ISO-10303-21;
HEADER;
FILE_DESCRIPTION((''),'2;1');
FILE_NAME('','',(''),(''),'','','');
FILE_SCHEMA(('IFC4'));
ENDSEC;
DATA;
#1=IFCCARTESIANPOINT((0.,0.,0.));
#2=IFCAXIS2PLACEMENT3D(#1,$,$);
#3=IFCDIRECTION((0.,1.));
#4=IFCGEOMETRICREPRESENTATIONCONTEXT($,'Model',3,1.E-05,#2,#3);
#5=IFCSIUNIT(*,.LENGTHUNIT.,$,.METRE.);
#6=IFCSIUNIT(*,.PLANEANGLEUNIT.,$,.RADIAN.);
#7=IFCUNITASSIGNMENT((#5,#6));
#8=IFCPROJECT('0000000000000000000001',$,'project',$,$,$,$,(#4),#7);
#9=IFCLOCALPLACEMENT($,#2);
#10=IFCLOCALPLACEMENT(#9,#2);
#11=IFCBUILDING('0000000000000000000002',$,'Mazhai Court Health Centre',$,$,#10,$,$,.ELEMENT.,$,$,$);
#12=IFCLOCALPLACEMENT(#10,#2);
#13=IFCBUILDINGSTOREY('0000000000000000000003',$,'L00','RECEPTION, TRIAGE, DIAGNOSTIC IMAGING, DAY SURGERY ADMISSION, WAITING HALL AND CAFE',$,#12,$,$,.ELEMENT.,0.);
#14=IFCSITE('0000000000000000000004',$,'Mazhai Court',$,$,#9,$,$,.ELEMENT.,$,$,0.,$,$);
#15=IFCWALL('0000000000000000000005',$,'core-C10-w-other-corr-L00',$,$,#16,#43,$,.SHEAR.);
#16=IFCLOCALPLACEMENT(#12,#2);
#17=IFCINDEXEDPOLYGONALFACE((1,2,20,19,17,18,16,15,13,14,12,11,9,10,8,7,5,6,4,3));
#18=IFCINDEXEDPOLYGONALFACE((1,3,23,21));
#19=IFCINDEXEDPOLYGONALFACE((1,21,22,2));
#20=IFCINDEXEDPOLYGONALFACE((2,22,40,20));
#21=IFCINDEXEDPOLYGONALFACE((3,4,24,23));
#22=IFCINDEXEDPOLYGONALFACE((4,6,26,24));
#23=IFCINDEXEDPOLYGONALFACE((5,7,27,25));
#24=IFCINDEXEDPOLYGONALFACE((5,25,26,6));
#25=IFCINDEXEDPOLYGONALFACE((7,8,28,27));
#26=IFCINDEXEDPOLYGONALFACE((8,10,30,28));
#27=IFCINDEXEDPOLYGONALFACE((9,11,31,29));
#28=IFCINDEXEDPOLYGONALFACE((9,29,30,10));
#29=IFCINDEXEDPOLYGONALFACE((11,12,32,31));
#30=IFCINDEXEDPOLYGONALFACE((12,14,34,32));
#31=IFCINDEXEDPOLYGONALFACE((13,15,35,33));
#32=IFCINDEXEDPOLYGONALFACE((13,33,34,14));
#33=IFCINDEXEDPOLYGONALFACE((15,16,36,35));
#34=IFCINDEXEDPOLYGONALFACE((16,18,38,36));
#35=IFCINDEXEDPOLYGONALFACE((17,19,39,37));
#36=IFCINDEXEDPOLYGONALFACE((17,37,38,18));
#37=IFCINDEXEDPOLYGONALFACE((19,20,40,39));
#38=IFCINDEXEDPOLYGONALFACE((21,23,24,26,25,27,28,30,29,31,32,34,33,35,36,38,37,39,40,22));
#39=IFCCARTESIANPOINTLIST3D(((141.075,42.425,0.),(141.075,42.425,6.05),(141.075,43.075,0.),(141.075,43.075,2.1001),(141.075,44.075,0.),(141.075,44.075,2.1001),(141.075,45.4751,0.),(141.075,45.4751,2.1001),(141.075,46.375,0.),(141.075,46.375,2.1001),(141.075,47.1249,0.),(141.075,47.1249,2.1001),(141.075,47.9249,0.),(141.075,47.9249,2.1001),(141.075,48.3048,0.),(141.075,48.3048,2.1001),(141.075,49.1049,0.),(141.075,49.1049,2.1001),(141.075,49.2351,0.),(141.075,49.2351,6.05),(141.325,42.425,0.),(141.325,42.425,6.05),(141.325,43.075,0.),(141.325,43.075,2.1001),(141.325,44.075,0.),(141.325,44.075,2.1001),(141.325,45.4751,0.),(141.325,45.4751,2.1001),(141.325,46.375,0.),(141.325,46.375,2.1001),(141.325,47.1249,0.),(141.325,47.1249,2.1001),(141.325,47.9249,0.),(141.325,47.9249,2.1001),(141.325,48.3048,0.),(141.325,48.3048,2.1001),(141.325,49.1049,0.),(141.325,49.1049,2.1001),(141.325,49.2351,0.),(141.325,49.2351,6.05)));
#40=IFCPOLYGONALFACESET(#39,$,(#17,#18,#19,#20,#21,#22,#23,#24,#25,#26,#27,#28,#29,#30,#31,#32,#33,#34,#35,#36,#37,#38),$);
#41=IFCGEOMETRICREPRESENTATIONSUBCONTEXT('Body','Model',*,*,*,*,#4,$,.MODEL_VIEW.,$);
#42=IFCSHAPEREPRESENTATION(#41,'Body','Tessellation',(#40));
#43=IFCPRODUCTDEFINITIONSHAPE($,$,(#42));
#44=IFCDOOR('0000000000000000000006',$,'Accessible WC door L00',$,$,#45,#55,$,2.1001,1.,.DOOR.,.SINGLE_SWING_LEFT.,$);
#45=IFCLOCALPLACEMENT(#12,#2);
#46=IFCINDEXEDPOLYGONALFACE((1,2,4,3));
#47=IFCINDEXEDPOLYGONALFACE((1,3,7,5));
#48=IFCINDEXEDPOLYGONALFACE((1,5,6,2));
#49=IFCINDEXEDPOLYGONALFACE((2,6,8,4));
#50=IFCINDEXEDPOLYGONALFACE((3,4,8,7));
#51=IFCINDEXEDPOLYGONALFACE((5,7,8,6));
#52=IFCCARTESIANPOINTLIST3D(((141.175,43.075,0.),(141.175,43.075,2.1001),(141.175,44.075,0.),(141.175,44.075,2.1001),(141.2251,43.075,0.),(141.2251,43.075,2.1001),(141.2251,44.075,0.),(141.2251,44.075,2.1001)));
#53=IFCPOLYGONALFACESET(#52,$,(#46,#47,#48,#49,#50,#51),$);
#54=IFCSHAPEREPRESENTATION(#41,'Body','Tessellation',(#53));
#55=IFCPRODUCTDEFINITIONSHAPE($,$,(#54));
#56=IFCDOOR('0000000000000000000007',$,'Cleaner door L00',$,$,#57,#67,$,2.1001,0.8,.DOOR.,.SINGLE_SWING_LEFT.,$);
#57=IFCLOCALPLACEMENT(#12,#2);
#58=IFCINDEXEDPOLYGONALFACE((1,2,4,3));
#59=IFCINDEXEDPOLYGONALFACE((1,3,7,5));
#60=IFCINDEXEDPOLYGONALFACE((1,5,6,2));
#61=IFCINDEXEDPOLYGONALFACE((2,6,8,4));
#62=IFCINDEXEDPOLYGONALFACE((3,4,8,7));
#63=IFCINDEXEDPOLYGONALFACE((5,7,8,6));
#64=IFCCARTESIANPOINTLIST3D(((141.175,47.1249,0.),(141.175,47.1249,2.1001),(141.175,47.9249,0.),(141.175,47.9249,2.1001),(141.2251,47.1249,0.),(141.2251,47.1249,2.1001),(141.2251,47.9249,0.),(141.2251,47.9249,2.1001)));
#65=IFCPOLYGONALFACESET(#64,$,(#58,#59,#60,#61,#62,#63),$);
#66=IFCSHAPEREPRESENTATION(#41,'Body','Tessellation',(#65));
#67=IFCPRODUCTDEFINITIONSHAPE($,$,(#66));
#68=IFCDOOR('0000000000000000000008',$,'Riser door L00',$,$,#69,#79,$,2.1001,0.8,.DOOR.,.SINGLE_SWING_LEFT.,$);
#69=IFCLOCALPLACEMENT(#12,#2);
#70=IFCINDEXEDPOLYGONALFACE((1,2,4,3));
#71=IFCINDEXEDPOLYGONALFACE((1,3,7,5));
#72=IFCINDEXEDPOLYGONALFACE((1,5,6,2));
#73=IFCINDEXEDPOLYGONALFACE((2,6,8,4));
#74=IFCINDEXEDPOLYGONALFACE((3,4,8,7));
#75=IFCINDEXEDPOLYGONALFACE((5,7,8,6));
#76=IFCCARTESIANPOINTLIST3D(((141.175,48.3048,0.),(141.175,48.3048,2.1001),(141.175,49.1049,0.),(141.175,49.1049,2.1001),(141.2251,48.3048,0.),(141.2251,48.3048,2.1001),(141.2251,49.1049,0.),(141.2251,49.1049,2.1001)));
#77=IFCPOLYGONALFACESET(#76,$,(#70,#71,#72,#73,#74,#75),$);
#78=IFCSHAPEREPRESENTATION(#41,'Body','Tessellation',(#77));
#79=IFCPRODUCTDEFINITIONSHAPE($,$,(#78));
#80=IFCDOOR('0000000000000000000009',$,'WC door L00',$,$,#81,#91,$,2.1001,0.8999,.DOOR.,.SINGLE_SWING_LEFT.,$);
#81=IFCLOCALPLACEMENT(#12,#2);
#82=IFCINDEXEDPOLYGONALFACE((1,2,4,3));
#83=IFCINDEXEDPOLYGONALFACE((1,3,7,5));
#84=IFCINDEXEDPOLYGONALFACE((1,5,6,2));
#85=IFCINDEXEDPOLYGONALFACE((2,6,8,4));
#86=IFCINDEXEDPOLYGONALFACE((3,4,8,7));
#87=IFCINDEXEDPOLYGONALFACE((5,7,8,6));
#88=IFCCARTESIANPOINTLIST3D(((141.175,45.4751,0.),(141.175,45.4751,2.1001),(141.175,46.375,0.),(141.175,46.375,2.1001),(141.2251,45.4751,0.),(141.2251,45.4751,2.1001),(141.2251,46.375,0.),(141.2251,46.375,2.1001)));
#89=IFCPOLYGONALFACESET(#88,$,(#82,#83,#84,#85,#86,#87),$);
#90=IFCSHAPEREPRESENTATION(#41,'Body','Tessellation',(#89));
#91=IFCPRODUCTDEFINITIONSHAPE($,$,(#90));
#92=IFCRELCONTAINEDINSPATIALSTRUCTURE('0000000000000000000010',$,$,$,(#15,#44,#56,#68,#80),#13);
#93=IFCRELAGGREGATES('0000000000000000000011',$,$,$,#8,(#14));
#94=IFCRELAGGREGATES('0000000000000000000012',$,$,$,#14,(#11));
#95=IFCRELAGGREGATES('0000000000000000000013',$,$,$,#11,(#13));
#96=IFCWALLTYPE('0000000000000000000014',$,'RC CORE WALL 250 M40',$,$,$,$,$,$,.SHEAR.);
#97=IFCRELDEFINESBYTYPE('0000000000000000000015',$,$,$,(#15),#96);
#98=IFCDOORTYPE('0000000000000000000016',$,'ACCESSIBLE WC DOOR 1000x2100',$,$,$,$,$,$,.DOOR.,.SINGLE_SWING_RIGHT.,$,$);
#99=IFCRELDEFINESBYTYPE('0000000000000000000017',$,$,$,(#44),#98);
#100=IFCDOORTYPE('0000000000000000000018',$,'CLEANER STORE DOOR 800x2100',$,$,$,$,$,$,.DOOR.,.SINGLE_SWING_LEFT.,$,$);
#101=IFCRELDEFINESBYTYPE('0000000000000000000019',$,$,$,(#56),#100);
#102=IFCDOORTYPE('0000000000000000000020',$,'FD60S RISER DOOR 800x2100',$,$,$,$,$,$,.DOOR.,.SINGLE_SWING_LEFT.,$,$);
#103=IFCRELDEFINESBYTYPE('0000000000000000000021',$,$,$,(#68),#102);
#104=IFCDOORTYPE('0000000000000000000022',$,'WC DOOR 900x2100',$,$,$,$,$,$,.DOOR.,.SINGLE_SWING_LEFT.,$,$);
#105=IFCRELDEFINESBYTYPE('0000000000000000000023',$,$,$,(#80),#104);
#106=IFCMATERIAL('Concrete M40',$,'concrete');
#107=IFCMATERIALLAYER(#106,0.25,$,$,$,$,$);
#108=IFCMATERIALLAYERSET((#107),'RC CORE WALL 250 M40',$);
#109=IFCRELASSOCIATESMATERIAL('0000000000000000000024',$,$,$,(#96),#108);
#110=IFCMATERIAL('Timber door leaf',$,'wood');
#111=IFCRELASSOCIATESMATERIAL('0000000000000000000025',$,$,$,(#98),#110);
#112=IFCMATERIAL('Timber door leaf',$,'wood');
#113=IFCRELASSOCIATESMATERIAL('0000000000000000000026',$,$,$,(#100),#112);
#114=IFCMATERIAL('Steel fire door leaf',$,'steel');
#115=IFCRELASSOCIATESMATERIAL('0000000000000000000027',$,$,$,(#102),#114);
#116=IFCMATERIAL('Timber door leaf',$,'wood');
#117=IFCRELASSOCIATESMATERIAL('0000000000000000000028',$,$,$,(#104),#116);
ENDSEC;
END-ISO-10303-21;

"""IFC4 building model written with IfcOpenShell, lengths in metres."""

from ifc_helpers import new_model, si_unit, direction, frame, frame_2d, origin, place, context, subcontext, project, spatial, rectangle, extrude, material, layer, layer_set, type_object, element, fill, save


model = new_model("IFC4")

# Units and contexts
model_context = context("Model", 3, precision=1e-05, world=origin(), true_north=direction((0.0, 1.0)))
body_context = subcontext(model_context, "Body", "Model", "MODEL_VIEW")
ifc_project = project(units=[si_unit("LENGTHUNIT", "METRE"), si_unit("PLANEANGLEUNIT", "RADIAN")], contexts=[model_context])

# Site, building, storey
site_placement = place(None, origin())
site = spatial("IfcSite", under=ifc_project, at=site_placement, Name="Mazhai Court", CompositionType="ELEMENT", RefElevation=0.0)
building_placement = place(site_placement, origin())
building = spatial("IfcBuilding", under=site, at=building_placement, Name="Mazhai Court Health Centre", CompositionType="ELEMENT")
storey_placement = place(building_placement, origin())
storey = spatial("IfcBuildingStorey", under=building, at=storey_placement, Name="L00", Description="RECEPTION, TRIAGE, DIAGNOSTIC IMAGING, DAY SURGERY ADMISSION, WAITING HALL AND CAFE", CompositionType="ELEMENT", Elevation=0.0)

# Shared definitions
ifc_material_1 = material(Name="Concrete M40", Category="concrete")
ifc_layer = layer(ifc_material_1, 0.25)
ifc_layer_set = layer_set([ifc_layer], Name="RC CORE WALL 250 M40")
wall_type = type_object("IfcWallType", Name="RC CORE WALL 250 M40", PredefinedType="SHEAR", material=ifc_layer_set)

# Wall, openings, doors
wall_1_placement = place(storey_placement, frame((141.2, 42.425, 0.0), z_axis=(0.0, 0.0, 1.0), x_axis=(0.0, 1.0, 0.0)))
wall_1 = element("IfcWall", 1, at=wall_1_placement, inside=storey, type_object=wall_type, Name="core-C10-w-other-corr-L00", PredefinedType="SHEAR", context=body_context, shape_type="SweptSolid", body=[
    extrude(rectangle(XDim=6.8101, YDim=0.25, at=frame_2d((3.405, 0.0))), origin(), (0.0, 0.0, 1.0), 6.05),
])
opening_1_placement = place(wall_1_placement, frame((0.6499, 0.0, 0.0)))
opening_1 = element("IfcOpeningElement", 2, at=opening_1_placement, cuts=wall_1, PredefinedType="OPENING", context=body_context, shape_type="SweptSolid", body=[
    extrude(rectangle(XDim=1.0, YDim=2.1001, at=frame_2d((0.5, 1.05))), frame((0.0, 0.135, 0.0), z_axis=(0.0, -1.0, 0.0), x_axis=(1.0, 0.0, 0.0)), (0.0, 0.0, 1.0), 0.27),
])
opening_2_placement = place(wall_1_placement, frame((3.05, 0.0, 0.0)))
opening_2 = element("IfcOpeningElement", 3, at=opening_2_placement, cuts=wall_1, PredefinedType="OPENING", context=body_context, shape_type="SweptSolid", body=[
    extrude(rectangle(XDim=0.8999, YDim=2.1001, at=frame_2d((0.45, 1.05))), frame((0.0, 0.135, 0.0), z_axis=(0.0, -1.0, 0.0), x_axis=(1.0, 0.0, 0.0)), (0.0, 0.0, 1.0), 0.27),
])
opening_3_placement = place(wall_1_placement, frame((4.7, 0.0, 0.0)))
opening_3 = element("IfcOpeningElement", 4, at=opening_3_placement, cuts=wall_1, PredefinedType="OPENING", context=body_context, shape_type="SweptSolid", body=[
    extrude(rectangle(XDim=0.8, YDim=2.1001, at=frame_2d((0.3999, 1.05))), frame((0.0, 0.135, 0.0), z_axis=(0.0, -1.0, 0.0), x_axis=(1.0, 0.0, 0.0)), (0.0, 0.0, 1.0), 0.27),
])
opening_4_placement = place(wall_1_placement, frame((5.8799, 0.0, 0.0)))
opening_4 = element("IfcOpeningElement", 5, at=opening_4_placement, cuts=wall_1, PredefinedType="OPENING", context=body_context, shape_type="SweptSolid", body=[
    extrude(rectangle(XDim=0.8, YDim=2.1001, at=frame_2d((0.3999, 1.05))), frame((0.0, 0.135, 0.0), z_axis=(0.0, -1.0, 0.0), x_axis=(1.0, 0.0, 0.0)), (0.0, 0.0, 1.0), 0.27),
])
ifc_material_2 = material(Name="Timber door leaf", Category="wood")
door_type_1 = type_object("IfcDoorType", Name="ACCESSIBLE WC DOOR 1000x2100", OperationType="SINGLE_SWING_RIGHT", PredefinedType="DOOR", material=ifc_material_2)
door_1_placement = place(opening_1_placement, origin())
door_1 = element("IfcDoor", 6, at=door_1_placement, inside=storey, type_object=door_type_1, Name="Accessible WC door L00", OperationType="SINGLE_SWING_LEFT", OverallHeight=2.1001, OverallWidth=1.0, PredefinedType="DOOR", context=body_context, shape_type="SweptSolid", body=[
    extrude(rectangle(XDim=1.0, YDim=2.1001, at=frame_2d((0.5, 1.05))), frame((0.0, 0.0249, 0.0), z_axis=(0.0, -1.0, 0.0), x_axis=(1.0, 0.0, 0.0)), (0.0, 0.0, 1.0), 0.05),
])
fill(opening_1, door_1)
ifc_material_3 = material(Name="Timber door leaf", Category="wood")
door_type_2 = type_object("IfcDoorType", Name="CLEANER STORE DOOR 800x2100", OperationType="SINGLE_SWING_LEFT", PredefinedType="DOOR", material=ifc_material_3)
door_2_placement = place(opening_3_placement, origin())
door_2 = element("IfcDoor", 7, at=door_2_placement, inside=storey, type_object=door_type_2, Name="Cleaner door L00", OperationType="SINGLE_SWING_LEFT", OverallHeight=2.1001, OverallWidth=0.8, PredefinedType="DOOR", context=body_context, shape_type="SweptSolid", body=[
    extrude(rectangle(XDim=0.8, YDim=2.1001, at=frame_2d((0.3999, 1.05))), frame((0.0, 0.0249, 0.0), z_axis=(0.0, -1.0, 0.0), x_axis=(1.0, 0.0, 0.0)), (0.0, 0.0, 1.0), 0.05),
])
fill(opening_3, door_2)
ifc_material_4 = material(Name="Steel fire door leaf", Category="steel")
door_type_3 = type_object("IfcDoorType", Name="FD60S RISER DOOR 800x2100", OperationType="SINGLE_SWING_LEFT", PredefinedType="DOOR", material=ifc_material_4)
door_3_placement = place(opening_4_placement, origin())
door_3 = element("IfcDoor", 8, at=door_3_placement, inside=storey, type_object=door_type_3, Name="Riser door L00", OperationType="SINGLE_SWING_LEFT", OverallHeight=2.1001, OverallWidth=0.8, PredefinedType="DOOR", context=body_context, shape_type="SweptSolid", body=[
    extrude(rectangle(XDim=0.8, YDim=2.1001, at=frame_2d((0.3999, 1.05))), frame((0.0, 0.0249, 0.0), z_axis=(0.0, -1.0, 0.0), x_axis=(1.0, 0.0, 0.0)), (0.0, 0.0, 1.0), 0.05),
])
fill(opening_4, door_3)
ifc_material_5 = material(Name="Timber door leaf", Category="wood")
door_type_4 = type_object("IfcDoorType", Name="WC DOOR 900x2100", OperationType="SINGLE_SWING_LEFT", PredefinedType="DOOR", material=ifc_material_5)
door_4_placement = place(opening_2_placement, origin())
door_4 = element("IfcDoor", 9, at=door_4_placement, inside=storey, type_object=door_type_4, Name="WC door L00", OperationType="SINGLE_SWING_LEFT", OverallHeight=2.1001, OverallWidth=0.8999, PredefinedType="DOOR", context=body_context, shape_type="SweptSolid", body=[
    extrude(rectangle(XDim=0.8999, YDim=2.1001, at=frame_2d((0.45, 1.05))), frame((0.0, 0.0249, 0.0), z_axis=(0.0, -1.0, 0.0), x_axis=(1.0, 0.0, 0.0)), (0.0, 0.0, 1.0), 0.05),
])
fill(opening_2, door_4)

save(model, "model.ifc")
